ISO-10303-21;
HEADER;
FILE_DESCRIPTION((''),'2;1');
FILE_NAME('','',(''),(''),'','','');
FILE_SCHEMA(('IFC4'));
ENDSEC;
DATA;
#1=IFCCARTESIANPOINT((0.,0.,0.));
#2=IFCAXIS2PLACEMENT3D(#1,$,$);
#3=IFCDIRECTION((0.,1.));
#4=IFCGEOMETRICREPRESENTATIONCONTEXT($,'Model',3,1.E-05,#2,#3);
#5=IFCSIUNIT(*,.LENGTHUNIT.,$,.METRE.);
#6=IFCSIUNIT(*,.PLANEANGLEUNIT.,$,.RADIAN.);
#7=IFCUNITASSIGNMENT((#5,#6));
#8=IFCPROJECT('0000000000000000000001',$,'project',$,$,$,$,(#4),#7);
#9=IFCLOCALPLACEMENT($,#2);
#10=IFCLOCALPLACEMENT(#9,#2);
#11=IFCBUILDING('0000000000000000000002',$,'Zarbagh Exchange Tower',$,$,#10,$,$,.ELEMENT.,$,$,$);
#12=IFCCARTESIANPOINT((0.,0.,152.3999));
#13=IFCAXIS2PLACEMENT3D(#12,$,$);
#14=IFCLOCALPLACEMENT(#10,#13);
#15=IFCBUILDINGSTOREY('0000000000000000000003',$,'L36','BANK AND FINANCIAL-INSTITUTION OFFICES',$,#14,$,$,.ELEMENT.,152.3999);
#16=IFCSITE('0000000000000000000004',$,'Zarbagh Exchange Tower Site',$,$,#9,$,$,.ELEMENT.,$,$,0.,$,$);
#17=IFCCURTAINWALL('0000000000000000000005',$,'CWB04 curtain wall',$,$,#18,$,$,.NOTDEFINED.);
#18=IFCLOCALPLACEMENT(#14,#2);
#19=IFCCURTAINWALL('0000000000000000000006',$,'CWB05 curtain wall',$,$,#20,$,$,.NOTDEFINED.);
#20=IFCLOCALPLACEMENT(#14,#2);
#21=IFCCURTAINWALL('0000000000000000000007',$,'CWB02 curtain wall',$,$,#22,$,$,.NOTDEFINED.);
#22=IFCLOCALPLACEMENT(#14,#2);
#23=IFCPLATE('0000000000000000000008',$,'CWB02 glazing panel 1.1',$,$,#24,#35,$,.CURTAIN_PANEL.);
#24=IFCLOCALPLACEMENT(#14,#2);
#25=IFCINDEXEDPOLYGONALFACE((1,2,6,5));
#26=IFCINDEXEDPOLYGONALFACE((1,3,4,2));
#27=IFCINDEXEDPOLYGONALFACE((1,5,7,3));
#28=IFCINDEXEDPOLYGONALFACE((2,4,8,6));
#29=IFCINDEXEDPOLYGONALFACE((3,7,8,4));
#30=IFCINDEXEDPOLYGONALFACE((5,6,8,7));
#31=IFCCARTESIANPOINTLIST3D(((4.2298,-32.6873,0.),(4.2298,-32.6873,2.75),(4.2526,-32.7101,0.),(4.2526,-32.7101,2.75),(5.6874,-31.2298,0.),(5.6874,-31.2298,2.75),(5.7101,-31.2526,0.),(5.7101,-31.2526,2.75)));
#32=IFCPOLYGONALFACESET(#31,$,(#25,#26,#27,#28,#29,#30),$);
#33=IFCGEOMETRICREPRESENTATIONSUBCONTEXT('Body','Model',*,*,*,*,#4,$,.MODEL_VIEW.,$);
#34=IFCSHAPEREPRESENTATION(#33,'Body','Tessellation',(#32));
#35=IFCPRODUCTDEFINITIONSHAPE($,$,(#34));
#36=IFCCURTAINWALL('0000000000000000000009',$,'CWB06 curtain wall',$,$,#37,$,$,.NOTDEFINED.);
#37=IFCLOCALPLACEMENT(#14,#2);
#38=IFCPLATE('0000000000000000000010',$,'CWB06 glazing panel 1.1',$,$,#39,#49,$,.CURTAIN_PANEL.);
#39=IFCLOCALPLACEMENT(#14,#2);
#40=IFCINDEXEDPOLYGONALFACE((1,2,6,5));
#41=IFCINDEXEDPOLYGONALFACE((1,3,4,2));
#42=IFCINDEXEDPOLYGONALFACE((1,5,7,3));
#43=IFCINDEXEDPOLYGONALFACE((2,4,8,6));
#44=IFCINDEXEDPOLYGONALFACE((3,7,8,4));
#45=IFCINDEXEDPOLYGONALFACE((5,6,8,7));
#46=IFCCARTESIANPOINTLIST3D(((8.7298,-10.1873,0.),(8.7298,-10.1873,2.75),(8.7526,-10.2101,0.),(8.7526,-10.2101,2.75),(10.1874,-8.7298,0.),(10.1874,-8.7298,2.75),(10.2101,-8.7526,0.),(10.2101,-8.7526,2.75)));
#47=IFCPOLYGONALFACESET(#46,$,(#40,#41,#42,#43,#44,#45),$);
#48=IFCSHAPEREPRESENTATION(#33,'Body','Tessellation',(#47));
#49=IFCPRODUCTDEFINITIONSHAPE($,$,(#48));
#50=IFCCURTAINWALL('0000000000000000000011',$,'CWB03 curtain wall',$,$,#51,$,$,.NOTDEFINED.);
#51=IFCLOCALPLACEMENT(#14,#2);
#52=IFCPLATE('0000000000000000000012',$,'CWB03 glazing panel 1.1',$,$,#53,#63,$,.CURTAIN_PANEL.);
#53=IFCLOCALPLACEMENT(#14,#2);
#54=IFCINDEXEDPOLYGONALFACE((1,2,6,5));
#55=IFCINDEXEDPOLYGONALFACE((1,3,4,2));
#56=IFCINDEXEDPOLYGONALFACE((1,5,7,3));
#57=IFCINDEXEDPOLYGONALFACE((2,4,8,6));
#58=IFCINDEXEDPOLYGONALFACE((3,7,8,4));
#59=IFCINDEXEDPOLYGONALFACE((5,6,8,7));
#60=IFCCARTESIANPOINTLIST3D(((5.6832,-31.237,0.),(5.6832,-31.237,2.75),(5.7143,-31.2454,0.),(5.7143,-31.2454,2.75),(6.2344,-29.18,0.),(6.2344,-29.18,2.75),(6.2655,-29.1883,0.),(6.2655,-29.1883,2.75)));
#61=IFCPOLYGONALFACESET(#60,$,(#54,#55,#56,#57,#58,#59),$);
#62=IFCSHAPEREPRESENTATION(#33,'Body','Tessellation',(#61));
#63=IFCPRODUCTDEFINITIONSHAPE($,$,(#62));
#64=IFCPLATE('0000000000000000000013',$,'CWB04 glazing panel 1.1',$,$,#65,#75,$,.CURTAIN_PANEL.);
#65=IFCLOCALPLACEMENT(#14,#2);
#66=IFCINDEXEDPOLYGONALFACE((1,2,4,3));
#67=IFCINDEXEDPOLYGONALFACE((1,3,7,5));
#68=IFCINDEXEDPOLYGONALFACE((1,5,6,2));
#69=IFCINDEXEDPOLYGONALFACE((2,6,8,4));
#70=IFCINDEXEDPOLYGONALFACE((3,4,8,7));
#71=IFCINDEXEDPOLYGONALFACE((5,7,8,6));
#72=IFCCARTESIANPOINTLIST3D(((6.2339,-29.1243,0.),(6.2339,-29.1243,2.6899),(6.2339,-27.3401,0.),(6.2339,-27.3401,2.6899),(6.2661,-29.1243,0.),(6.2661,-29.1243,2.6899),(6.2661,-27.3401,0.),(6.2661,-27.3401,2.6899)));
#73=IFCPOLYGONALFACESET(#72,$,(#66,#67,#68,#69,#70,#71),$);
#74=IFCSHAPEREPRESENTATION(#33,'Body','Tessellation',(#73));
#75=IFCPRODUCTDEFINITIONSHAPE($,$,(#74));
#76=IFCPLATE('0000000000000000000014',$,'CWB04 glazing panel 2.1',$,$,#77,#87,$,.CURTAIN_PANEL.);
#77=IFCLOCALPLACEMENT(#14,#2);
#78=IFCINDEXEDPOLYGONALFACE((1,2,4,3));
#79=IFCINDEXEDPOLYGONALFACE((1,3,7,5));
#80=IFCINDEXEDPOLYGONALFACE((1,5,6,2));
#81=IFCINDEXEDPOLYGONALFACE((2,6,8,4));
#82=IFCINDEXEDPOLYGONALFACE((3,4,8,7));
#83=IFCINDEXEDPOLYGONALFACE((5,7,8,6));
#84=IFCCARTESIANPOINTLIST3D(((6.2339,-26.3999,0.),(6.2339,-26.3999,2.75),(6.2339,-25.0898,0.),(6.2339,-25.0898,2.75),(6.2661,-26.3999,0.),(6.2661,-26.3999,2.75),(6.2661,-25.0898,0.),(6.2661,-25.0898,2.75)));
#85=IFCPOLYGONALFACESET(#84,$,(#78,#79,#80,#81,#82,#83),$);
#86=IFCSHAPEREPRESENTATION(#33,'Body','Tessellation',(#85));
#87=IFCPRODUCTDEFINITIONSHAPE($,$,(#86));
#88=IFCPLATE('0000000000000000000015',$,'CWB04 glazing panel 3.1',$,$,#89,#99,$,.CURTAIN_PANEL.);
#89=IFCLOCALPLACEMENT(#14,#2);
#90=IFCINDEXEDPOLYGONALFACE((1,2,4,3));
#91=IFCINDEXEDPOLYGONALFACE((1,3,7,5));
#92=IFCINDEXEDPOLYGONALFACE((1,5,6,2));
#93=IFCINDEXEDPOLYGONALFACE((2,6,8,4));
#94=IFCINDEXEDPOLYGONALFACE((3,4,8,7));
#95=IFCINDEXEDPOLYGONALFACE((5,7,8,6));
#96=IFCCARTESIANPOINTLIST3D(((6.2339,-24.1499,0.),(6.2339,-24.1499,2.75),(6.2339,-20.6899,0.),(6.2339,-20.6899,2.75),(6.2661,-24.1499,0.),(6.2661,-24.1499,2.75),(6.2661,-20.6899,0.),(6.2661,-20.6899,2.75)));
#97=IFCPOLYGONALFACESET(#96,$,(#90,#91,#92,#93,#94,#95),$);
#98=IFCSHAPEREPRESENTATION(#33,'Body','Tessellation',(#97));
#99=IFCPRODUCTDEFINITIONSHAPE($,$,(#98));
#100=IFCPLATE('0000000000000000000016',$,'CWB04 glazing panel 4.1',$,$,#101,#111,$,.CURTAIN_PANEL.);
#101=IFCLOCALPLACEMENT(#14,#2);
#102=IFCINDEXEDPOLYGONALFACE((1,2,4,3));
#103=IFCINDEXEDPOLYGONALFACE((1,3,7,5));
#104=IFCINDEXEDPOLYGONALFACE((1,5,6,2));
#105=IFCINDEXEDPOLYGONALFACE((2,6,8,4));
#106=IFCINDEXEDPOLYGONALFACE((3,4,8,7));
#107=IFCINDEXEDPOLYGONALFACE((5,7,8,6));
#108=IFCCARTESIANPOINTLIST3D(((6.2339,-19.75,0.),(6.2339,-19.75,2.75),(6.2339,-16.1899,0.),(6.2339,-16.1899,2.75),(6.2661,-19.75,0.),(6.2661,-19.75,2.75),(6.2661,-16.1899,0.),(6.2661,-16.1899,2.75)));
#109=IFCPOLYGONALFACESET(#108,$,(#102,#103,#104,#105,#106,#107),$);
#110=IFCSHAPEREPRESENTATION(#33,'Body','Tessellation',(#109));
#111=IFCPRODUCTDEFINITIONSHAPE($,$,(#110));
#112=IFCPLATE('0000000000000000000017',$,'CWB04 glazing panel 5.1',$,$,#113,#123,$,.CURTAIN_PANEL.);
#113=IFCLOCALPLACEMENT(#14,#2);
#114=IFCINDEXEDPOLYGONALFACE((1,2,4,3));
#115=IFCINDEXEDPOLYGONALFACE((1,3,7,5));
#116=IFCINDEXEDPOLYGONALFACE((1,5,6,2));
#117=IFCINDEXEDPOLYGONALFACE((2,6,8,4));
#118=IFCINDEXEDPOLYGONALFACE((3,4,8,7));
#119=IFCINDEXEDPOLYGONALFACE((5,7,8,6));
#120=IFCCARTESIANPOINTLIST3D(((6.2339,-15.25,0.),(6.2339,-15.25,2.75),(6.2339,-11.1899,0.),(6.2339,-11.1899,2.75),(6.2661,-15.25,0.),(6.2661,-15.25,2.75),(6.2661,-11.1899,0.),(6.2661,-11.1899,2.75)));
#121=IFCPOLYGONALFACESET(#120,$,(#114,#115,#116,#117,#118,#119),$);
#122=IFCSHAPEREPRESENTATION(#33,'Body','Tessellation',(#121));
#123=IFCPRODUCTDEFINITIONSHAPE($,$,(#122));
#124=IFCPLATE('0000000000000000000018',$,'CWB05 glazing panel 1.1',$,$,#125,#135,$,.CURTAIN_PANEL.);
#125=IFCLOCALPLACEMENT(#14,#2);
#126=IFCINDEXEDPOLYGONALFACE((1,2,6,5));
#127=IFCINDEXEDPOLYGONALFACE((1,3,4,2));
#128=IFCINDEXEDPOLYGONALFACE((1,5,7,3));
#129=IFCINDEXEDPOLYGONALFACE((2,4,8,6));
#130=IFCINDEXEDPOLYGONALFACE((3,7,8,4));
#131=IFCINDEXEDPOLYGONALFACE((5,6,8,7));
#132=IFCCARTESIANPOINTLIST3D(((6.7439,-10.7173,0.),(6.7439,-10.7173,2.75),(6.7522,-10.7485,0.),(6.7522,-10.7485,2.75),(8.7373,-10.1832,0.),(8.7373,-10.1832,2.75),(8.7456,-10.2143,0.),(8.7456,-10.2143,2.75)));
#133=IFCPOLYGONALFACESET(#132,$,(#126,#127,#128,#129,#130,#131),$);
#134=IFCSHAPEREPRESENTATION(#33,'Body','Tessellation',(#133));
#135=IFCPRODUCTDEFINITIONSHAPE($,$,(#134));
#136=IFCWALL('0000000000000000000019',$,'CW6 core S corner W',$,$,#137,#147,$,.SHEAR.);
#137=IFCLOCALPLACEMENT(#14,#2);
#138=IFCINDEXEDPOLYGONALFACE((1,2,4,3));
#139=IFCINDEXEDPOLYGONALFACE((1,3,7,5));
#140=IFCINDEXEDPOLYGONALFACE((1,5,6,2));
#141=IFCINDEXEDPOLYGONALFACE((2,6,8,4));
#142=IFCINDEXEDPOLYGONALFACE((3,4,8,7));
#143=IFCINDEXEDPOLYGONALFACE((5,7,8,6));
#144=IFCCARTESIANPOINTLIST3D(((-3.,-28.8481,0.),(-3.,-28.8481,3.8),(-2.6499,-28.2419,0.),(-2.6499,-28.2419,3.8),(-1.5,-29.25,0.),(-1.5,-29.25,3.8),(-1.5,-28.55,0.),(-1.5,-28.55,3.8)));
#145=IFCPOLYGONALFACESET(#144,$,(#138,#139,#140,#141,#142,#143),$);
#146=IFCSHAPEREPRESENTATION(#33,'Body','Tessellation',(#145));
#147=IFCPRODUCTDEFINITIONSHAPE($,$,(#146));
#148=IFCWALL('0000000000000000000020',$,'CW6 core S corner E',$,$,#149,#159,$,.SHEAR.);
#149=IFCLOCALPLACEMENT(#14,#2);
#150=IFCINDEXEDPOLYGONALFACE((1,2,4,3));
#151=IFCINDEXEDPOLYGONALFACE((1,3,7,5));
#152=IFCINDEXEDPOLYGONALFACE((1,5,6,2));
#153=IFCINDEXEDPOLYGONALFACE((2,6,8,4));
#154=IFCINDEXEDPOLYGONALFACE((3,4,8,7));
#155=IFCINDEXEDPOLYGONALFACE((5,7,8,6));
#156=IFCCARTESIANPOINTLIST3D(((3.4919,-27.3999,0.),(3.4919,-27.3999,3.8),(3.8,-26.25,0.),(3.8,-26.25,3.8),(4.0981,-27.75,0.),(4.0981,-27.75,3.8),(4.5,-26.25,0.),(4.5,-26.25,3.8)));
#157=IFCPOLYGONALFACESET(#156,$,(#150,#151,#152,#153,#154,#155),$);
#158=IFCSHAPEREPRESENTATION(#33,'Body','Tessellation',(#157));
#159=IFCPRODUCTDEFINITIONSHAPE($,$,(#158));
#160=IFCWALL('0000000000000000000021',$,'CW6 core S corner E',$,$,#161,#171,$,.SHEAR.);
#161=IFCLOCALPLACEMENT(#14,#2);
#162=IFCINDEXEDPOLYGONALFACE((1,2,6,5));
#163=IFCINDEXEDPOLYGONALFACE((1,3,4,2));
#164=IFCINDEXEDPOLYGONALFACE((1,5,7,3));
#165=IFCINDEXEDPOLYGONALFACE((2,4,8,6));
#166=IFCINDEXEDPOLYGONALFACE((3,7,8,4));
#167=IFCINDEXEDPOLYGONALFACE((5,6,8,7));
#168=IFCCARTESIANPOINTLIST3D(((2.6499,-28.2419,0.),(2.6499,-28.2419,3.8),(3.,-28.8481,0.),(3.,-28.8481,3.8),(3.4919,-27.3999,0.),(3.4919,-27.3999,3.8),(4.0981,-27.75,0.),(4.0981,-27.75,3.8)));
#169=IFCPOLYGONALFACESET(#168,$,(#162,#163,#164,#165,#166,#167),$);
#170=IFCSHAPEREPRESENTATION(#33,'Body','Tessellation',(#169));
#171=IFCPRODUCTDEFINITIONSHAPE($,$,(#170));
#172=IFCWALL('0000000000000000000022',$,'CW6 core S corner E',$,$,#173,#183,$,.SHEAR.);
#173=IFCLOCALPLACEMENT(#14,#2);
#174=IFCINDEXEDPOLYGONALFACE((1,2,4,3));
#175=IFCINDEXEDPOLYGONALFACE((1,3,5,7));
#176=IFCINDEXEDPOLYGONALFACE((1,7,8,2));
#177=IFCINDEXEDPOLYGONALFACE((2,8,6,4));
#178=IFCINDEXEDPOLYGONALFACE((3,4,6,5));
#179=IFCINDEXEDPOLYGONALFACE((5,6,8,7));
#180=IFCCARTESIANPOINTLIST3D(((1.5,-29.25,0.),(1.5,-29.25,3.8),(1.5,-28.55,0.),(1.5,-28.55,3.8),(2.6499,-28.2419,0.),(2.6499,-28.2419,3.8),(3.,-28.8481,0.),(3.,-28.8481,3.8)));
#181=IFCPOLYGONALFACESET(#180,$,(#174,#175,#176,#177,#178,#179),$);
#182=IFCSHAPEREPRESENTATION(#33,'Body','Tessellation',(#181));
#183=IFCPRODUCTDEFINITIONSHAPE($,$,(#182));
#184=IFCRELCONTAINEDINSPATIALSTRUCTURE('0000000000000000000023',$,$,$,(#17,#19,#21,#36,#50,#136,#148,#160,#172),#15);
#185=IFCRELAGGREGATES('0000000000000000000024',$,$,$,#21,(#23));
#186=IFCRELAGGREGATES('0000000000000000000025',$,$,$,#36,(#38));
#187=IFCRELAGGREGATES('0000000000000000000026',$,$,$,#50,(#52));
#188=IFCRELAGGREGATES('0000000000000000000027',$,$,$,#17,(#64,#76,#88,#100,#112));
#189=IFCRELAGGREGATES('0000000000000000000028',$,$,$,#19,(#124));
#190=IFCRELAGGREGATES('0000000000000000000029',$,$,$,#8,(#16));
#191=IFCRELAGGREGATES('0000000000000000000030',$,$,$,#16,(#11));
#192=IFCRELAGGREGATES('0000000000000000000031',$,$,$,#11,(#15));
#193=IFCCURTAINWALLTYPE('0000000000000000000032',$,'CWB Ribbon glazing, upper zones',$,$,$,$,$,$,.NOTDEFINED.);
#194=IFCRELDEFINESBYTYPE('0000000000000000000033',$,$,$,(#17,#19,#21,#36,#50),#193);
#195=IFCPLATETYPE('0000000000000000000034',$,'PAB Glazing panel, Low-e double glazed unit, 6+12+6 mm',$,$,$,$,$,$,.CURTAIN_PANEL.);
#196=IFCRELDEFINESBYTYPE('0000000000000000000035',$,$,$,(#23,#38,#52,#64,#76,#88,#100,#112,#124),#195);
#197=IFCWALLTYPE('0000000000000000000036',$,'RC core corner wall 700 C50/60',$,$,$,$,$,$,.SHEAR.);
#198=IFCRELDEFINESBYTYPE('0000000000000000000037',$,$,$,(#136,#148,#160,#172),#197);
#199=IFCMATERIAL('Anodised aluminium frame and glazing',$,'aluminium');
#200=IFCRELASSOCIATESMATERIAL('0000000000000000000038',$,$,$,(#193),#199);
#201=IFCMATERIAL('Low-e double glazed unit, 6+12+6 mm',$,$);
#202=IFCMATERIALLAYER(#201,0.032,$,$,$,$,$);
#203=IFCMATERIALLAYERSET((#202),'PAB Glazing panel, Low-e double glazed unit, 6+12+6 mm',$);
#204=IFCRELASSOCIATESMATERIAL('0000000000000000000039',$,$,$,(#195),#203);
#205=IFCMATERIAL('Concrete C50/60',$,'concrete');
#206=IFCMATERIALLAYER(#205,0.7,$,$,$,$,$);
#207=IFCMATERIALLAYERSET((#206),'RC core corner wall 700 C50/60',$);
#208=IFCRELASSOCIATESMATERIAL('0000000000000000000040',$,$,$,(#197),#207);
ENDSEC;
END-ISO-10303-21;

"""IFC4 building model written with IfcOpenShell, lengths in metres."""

from ifc_helpers import new_model, si_unit, direction, frame, origin, place, context, subcontext, project, spatial, polyline, outline, extrude, source, transform, mapped, material, layer, layer_set, type_object, element, aggregate, save


model = new_model("IFC4")

# Units and contexts
model_context = context("Model", 3, precision=1e-05, world=origin(), true_north=direction((0.0, 1.0)))
body_context = subcontext(model_context, "Body", "Model", "MODEL_VIEW")
ifc_project = project(units=[si_unit("LENGTHUNIT", "METRE"), si_unit("PLANEANGLEUNIT", "RADIAN")], contexts=[model_context])

# Site, building, storey
site_placement = place(None, origin())
site = spatial("IfcSite", under=ifc_project, at=site_placement, Name="Zarbagh Exchange Tower Site", CompositionType="ELEMENT", RefElevation=0.0)
building_placement = place(site_placement, origin())
building = spatial("IfcBuilding", under=site, at=building_placement, Name="Zarbagh Exchange Tower", CompositionType="ELEMENT")
storey_placement = place(building_placement, frame((0.0, 0.0, 152.3999)))
storey = spatial("IfcBuildingStorey", under=building, at=storey_placement, Name="L36", Description="BANK AND FINANCIAL-INSTITUTION OFFICES", CompositionType="ELEMENT", Elevation=152.3999)

# Shared definitions
ifc_material_1 = material(Name="Anodised aluminium frame and glazing", Category="aluminium")
curtain_wall_type = type_object("IfcCurtainWallType", Name="CWB Ribbon glazing, upper zones", PredefinedType="NOTDEFINED", material=ifc_material_1)
placement = place(storey_placement, origin())

# Curtain wall
curtain_wall_1_placement = place(storey_placement, origin())
curtain_wall_1 = element("IfcCurtainWall", 1, at=curtain_wall_1_placement, inside=storey, type_object=curtain_wall_type, Name="CWB04 curtain wall", PredefinedType="NOTDEFINED")

# Curtain wall
curtain_wall_2_placement = place(storey_placement, origin())
curtain_wall_2 = element("IfcCurtainWall", 2, at=curtain_wall_2_placement, inside=storey, type_object=curtain_wall_type, Name="CWB05 curtain wall", PredefinedType="NOTDEFINED")

# Shared definitions
ifc_material_2 = material(Name="Low-e double glazed unit, 6+12+6 mm")
ifc_layer_1 = layer(ifc_material_2, 0.032)
ifc_layer_set_1 = layer_set([ifc_layer_1], Name="PAB Glazing panel, Low-e double glazed unit, 6+12+6 mm")
plate_type = type_object("IfcPlateType", Name="PAB Glazing panel, Low-e double glazed unit, 6+12+6 mm", PredefinedType="CURTAIN_PANEL", material=ifc_layer_set_1)

# Curtain walls, plates
curtain_wall_3_placement = place(storey_placement, origin())
curtain_wall_3 = element("IfcCurtainWall", 3, at=curtain_wall_3_placement, inside=storey, type_object=curtain_wall_type, Name="CWB02 curtain wall", PredefinedType="NOTDEFINED")
shared_shape_1 = source(origin(), body_context, "Body", "SweptSolid", [
    extrude(outline(polyline([(0.0, -0.0161), (2.0613, -0.0161), (2.0613, 0.0161), (0.0, 0.0161), (0.0, -0.0161)])), origin(), (0.0, 0.0, 1.0), 2.75),
])
plate_1 = element("IfcPlate", 4, at=placement, type_object=plate_type, Name="CWB02 glazing panel 1.1", PredefinedType="CURTAIN_PANEL", context=body_context, shape_type="MappedRepresentation", body=[
    mapped(shared_shape_1, transform((4.2412, -32.6987, 0.0), x_axis=(0.707107, 0.707107, 0.0), y_axis=(-0.707107, 0.707107, 0.0), z_axis=(0.0, 0.0, 1.0))),
])
aggregate(curtain_wall_3, [plate_1])
curtain_wall_4_placement = place(storey_placement, origin())
curtain_wall_4 = element("IfcCurtainWall", 5, at=curtain_wall_4_placement, inside=storey, type_object=curtain_wall_type, Name="CWB06 curtain wall", PredefinedType="NOTDEFINED")
plate_2 = element("IfcPlate", 6, at=placement, type_object=plate_type, Name="CWB06 glazing panel 1.1", PredefinedType="CURTAIN_PANEL", context=body_context, shape_type="MappedRepresentation", body=[
    mapped(shared_shape_1, transform((8.7412, -10.1987, 0.0), x_axis=(0.707107, 0.707107, 0.0), y_axis=(-0.707107, 0.707107, 0.0), z_axis=(0.0, 0.0, 1.0))),
])
aggregate(curtain_wall_4, [plate_2])
curtain_wall_5_placement = place(storey_placement, origin())
curtain_wall_5 = element("IfcCurtainWall", 7, at=curtain_wall_5_placement, inside=storey, type_object=curtain_wall_type, Name="CWB03 curtain wall", PredefinedType="NOTDEFINED")
shared_shape_2 = source(origin(), body_context, "Body", "SweptSolid", [
    extrude(outline(polyline([(0.0, -0.0161), (2.1296, -0.0161), (2.1296, 0.0161), (0.0, 0.0161), (0.0, -0.0161)])), origin(), (0.0, 0.0, 1.0), 2.75),
])
plate_3 = element("IfcPlate", 8, at=placement, type_object=plate_type, Name="CWB03 glazing panel 1.1", PredefinedType="CURTAIN_PANEL", context=body_context, shape_type="MappedRepresentation", body=[
    mapped(shared_shape_2, transform((5.6987, -31.2412, 0.0), x_axis=(0.258825, 0.965924, 0.0), y_axis=(-0.965924, 0.258825, 0.0), z_axis=(0.0, 0.0, 1.0))),
])
aggregate(curtain_wall_5, [plate_3])

# Plates
shared_shape_3 = source(origin(), body_context, "Body", "SweptSolid", [
    extrude(outline(polyline([(0.0, -0.0161), (1.7842, -0.0161), (1.7842, 0.0161), (0.0, 0.0161), (0.0, -0.0161)])), origin(), (0.0, 0.0, 1.0), 2.6899),
])
plate_4 = element("IfcPlate", 9, at=placement, type_object=plate_type, Name="CWB04 glazing panel 1.1", PredefinedType="CURTAIN_PANEL", context=body_context, shape_type="MappedRepresentation", body=[
    mapped(shared_shape_3, transform((6.25, -29.1243, 0.0), x_axis=(0.0, 1.0, 0.0), y_axis=(-1.0, 0.0, 0.0), z_axis=(0.0, 0.0, 1.0))),
])
shared_shape_4 = source(origin(), body_context, "Body", "SweptSolid", [
    extrude(outline(polyline([(0.0, -0.0161), (1.3101, -0.0161), (1.3101, 0.0161), (0.0, 0.0161), (0.0, -0.0161)])), origin(), (0.0, 0.0, 1.0), 2.75),
])
plate_5 = element("IfcPlate", 10, at=placement, type_object=plate_type, Name="CWB04 glazing panel 2.1", PredefinedType="CURTAIN_PANEL", context=body_context, shape_type="MappedRepresentation", body=[
    mapped(shared_shape_4, transform((6.25, -26.3999, 0.0), x_axis=(0.0, 1.0, 0.0), y_axis=(-1.0, 0.0, 0.0), z_axis=(0.0, 0.0, 1.0))),
])
shared_shape_5 = source(origin(), body_context, "Body", "SweptSolid", [
    extrude(outline(polyline([(0.0, -0.0161), (3.46, -0.0161), (3.46, 0.0161), (0.0, 0.0161), (0.0, -0.0161)])), origin(), (0.0, 0.0, 1.0), 2.75),
])
plate_6 = element("IfcPlate", 11, at=placement, type_object=plate_type, Name="CWB04 glazing panel 3.1", PredefinedType="CURTAIN_PANEL", context=body_context, shape_type="MappedRepresentation", body=[
    mapped(shared_shape_5, transform((6.25, -24.1499, 0.0), x_axis=(0.0, 1.0, 0.0), y_axis=(-1.0, 0.0, 0.0), z_axis=(0.0, 0.0, 1.0))),
])
shared_shape_6 = source(origin(), body_context, "Body", "SweptSolid", [
    extrude(outline(polyline([(0.0, -0.0161), (3.5601, -0.0161), (3.5601, 0.0161), (0.0, 0.0161), (0.0, -0.0161)])), origin(), (0.0, 0.0, 1.0), 2.75),
])
plate_7 = element("IfcPlate", 12, at=placement, type_object=plate_type, Name="CWB04 glazing panel 4.1", PredefinedType="CURTAIN_PANEL", context=body_context, shape_type="MappedRepresentation", body=[
    mapped(shared_shape_6, transform((6.25, -19.75, 0.0), x_axis=(0.0, 1.0, 0.0), y_axis=(-1.0, 0.0, 0.0), z_axis=(0.0, 0.0, 1.0))),
])
shared_shape_7 = source(origin(), body_context, "Body", "SweptSolid", [
    extrude(outline(polyline([(0.0, -0.0161), (4.0601, -0.0161), (4.0601, 0.0161), (0.0, 0.0161), (0.0, -0.0161)])), origin(), (0.0, 0.0, 1.0), 2.75),
])
plate_8 = element("IfcPlate", 13, at=placement, type_object=plate_type, Name="CWB04 glazing panel 5.1", PredefinedType="CURTAIN_PANEL", context=body_context, shape_type="MappedRepresentation", body=[
    mapped(shared_shape_7, transform((6.25, -15.25, 0.0), x_axis=(0.0, 1.0, 0.0), y_axis=(-1.0, 0.0, 0.0), z_axis=(0.0, 0.0, 1.0))),
])
aggregate(curtain_wall_1, [plate_4, plate_5, plate_6, plate_7, plate_8])
shared_shape_8 = source(origin(), body_context, "Body", "SweptSolid", [
    extrude(outline(polyline([(0.0, -0.0161), (2.0637, -0.0161), (2.0637, 0.0161), (0.0, 0.0161), (0.0, -0.0161)])), origin(), (0.0, 0.0, 1.0), 2.75),
])
plate_9 = element("IfcPlate", 14, at=placement, type_object=plate_type, Name="CWB05 glazing panel 1.1", PredefinedType="CURTAIN_PANEL", context=body_context, shape_type="MappedRepresentation", body=[
    mapped(shared_shape_8, transform((6.748, -10.7329, 0.0), x_axis=(0.965924, 0.258825, 0.0), y_axis=(-0.258825, 0.965924, 0.0), z_axis=(0.0, 0.0, 1.0))),
])
aggregate(curtain_wall_2, [plate_9])

# Walls
ifc_material_3 = material(Name="Concrete C50/60", Category="concrete")
ifc_layer_2 = layer(ifc_material_3, 0.7)
ifc_layer_set_2 = layer_set([ifc_layer_2], Name="RC core corner wall 700 C50/60")
wall_type = type_object("IfcWallType", Name="RC core corner wall 700 C50/60", PredefinedType="SHEAR", material=ifc_layer_set_2)
wall_1_placement = place(storey_placement, origin())
element("IfcWall", 15, at=wall_1_placement, inside=storey, type_object=wall_type, Name="CW6 core S corner W", PredefinedType="SHEAR", context=body_context, shape_type="SweptSolid", body=[
    extrude(outline(polyline([(-3.0, -28.8481), (-1.5, -29.25), (-1.5, -28.55), (-2.6499, -28.2419), (-3.0, -28.8481)])), origin(), (0.0, 0.0, 1.0), 3.8),
])
wall_2_placement = place(storey_placement, origin())
element("IfcWall", 16, at=wall_2_placement, inside=storey, type_object=wall_type, Name="CW6 core S corner E", PredefinedType="SHEAR", context=body_context, shape_type="SweptSolid", body=[
    extrude(outline(polyline([(4.5, -26.25), (4.0981, -27.75), (3.4919, -27.3999), (3.8, -26.25), (4.5, -26.25)])), origin(), (0.0, 0.0, 1.0), 3.8),
])
wall_3_placement = place(storey_placement, origin())
element("IfcWall", 17, at=wall_3_placement, inside=storey, type_object=wall_type, Name="CW6 core S corner E", PredefinedType="SHEAR", context=body_context, shape_type="SweptSolid", body=[
    extrude(outline(polyline([(4.0981, -27.75), (3.0, -28.8481), (2.6499, -28.2419), (3.4919, -27.3999), (4.0981, -27.75)])), origin(), (0.0, 0.0, 1.0), 3.8),
])
wall_4_placement = place(storey_placement, origin())
element("IfcWall", 18, at=wall_4_placement, inside=storey, type_object=wall_type, Name="CW6 core S corner E", PredefinedType="SHEAR", context=body_context, shape_type="SweptSolid", body=[
    extrude(outline(polyline([(3.0, -28.8481), (1.5, -29.25), (1.5, -28.55), (2.6499, -28.2419), (3.0, -28.8481)])), origin(), (0.0, 0.0, 1.0), 3.8),
])

save(model, "model.ifc")
